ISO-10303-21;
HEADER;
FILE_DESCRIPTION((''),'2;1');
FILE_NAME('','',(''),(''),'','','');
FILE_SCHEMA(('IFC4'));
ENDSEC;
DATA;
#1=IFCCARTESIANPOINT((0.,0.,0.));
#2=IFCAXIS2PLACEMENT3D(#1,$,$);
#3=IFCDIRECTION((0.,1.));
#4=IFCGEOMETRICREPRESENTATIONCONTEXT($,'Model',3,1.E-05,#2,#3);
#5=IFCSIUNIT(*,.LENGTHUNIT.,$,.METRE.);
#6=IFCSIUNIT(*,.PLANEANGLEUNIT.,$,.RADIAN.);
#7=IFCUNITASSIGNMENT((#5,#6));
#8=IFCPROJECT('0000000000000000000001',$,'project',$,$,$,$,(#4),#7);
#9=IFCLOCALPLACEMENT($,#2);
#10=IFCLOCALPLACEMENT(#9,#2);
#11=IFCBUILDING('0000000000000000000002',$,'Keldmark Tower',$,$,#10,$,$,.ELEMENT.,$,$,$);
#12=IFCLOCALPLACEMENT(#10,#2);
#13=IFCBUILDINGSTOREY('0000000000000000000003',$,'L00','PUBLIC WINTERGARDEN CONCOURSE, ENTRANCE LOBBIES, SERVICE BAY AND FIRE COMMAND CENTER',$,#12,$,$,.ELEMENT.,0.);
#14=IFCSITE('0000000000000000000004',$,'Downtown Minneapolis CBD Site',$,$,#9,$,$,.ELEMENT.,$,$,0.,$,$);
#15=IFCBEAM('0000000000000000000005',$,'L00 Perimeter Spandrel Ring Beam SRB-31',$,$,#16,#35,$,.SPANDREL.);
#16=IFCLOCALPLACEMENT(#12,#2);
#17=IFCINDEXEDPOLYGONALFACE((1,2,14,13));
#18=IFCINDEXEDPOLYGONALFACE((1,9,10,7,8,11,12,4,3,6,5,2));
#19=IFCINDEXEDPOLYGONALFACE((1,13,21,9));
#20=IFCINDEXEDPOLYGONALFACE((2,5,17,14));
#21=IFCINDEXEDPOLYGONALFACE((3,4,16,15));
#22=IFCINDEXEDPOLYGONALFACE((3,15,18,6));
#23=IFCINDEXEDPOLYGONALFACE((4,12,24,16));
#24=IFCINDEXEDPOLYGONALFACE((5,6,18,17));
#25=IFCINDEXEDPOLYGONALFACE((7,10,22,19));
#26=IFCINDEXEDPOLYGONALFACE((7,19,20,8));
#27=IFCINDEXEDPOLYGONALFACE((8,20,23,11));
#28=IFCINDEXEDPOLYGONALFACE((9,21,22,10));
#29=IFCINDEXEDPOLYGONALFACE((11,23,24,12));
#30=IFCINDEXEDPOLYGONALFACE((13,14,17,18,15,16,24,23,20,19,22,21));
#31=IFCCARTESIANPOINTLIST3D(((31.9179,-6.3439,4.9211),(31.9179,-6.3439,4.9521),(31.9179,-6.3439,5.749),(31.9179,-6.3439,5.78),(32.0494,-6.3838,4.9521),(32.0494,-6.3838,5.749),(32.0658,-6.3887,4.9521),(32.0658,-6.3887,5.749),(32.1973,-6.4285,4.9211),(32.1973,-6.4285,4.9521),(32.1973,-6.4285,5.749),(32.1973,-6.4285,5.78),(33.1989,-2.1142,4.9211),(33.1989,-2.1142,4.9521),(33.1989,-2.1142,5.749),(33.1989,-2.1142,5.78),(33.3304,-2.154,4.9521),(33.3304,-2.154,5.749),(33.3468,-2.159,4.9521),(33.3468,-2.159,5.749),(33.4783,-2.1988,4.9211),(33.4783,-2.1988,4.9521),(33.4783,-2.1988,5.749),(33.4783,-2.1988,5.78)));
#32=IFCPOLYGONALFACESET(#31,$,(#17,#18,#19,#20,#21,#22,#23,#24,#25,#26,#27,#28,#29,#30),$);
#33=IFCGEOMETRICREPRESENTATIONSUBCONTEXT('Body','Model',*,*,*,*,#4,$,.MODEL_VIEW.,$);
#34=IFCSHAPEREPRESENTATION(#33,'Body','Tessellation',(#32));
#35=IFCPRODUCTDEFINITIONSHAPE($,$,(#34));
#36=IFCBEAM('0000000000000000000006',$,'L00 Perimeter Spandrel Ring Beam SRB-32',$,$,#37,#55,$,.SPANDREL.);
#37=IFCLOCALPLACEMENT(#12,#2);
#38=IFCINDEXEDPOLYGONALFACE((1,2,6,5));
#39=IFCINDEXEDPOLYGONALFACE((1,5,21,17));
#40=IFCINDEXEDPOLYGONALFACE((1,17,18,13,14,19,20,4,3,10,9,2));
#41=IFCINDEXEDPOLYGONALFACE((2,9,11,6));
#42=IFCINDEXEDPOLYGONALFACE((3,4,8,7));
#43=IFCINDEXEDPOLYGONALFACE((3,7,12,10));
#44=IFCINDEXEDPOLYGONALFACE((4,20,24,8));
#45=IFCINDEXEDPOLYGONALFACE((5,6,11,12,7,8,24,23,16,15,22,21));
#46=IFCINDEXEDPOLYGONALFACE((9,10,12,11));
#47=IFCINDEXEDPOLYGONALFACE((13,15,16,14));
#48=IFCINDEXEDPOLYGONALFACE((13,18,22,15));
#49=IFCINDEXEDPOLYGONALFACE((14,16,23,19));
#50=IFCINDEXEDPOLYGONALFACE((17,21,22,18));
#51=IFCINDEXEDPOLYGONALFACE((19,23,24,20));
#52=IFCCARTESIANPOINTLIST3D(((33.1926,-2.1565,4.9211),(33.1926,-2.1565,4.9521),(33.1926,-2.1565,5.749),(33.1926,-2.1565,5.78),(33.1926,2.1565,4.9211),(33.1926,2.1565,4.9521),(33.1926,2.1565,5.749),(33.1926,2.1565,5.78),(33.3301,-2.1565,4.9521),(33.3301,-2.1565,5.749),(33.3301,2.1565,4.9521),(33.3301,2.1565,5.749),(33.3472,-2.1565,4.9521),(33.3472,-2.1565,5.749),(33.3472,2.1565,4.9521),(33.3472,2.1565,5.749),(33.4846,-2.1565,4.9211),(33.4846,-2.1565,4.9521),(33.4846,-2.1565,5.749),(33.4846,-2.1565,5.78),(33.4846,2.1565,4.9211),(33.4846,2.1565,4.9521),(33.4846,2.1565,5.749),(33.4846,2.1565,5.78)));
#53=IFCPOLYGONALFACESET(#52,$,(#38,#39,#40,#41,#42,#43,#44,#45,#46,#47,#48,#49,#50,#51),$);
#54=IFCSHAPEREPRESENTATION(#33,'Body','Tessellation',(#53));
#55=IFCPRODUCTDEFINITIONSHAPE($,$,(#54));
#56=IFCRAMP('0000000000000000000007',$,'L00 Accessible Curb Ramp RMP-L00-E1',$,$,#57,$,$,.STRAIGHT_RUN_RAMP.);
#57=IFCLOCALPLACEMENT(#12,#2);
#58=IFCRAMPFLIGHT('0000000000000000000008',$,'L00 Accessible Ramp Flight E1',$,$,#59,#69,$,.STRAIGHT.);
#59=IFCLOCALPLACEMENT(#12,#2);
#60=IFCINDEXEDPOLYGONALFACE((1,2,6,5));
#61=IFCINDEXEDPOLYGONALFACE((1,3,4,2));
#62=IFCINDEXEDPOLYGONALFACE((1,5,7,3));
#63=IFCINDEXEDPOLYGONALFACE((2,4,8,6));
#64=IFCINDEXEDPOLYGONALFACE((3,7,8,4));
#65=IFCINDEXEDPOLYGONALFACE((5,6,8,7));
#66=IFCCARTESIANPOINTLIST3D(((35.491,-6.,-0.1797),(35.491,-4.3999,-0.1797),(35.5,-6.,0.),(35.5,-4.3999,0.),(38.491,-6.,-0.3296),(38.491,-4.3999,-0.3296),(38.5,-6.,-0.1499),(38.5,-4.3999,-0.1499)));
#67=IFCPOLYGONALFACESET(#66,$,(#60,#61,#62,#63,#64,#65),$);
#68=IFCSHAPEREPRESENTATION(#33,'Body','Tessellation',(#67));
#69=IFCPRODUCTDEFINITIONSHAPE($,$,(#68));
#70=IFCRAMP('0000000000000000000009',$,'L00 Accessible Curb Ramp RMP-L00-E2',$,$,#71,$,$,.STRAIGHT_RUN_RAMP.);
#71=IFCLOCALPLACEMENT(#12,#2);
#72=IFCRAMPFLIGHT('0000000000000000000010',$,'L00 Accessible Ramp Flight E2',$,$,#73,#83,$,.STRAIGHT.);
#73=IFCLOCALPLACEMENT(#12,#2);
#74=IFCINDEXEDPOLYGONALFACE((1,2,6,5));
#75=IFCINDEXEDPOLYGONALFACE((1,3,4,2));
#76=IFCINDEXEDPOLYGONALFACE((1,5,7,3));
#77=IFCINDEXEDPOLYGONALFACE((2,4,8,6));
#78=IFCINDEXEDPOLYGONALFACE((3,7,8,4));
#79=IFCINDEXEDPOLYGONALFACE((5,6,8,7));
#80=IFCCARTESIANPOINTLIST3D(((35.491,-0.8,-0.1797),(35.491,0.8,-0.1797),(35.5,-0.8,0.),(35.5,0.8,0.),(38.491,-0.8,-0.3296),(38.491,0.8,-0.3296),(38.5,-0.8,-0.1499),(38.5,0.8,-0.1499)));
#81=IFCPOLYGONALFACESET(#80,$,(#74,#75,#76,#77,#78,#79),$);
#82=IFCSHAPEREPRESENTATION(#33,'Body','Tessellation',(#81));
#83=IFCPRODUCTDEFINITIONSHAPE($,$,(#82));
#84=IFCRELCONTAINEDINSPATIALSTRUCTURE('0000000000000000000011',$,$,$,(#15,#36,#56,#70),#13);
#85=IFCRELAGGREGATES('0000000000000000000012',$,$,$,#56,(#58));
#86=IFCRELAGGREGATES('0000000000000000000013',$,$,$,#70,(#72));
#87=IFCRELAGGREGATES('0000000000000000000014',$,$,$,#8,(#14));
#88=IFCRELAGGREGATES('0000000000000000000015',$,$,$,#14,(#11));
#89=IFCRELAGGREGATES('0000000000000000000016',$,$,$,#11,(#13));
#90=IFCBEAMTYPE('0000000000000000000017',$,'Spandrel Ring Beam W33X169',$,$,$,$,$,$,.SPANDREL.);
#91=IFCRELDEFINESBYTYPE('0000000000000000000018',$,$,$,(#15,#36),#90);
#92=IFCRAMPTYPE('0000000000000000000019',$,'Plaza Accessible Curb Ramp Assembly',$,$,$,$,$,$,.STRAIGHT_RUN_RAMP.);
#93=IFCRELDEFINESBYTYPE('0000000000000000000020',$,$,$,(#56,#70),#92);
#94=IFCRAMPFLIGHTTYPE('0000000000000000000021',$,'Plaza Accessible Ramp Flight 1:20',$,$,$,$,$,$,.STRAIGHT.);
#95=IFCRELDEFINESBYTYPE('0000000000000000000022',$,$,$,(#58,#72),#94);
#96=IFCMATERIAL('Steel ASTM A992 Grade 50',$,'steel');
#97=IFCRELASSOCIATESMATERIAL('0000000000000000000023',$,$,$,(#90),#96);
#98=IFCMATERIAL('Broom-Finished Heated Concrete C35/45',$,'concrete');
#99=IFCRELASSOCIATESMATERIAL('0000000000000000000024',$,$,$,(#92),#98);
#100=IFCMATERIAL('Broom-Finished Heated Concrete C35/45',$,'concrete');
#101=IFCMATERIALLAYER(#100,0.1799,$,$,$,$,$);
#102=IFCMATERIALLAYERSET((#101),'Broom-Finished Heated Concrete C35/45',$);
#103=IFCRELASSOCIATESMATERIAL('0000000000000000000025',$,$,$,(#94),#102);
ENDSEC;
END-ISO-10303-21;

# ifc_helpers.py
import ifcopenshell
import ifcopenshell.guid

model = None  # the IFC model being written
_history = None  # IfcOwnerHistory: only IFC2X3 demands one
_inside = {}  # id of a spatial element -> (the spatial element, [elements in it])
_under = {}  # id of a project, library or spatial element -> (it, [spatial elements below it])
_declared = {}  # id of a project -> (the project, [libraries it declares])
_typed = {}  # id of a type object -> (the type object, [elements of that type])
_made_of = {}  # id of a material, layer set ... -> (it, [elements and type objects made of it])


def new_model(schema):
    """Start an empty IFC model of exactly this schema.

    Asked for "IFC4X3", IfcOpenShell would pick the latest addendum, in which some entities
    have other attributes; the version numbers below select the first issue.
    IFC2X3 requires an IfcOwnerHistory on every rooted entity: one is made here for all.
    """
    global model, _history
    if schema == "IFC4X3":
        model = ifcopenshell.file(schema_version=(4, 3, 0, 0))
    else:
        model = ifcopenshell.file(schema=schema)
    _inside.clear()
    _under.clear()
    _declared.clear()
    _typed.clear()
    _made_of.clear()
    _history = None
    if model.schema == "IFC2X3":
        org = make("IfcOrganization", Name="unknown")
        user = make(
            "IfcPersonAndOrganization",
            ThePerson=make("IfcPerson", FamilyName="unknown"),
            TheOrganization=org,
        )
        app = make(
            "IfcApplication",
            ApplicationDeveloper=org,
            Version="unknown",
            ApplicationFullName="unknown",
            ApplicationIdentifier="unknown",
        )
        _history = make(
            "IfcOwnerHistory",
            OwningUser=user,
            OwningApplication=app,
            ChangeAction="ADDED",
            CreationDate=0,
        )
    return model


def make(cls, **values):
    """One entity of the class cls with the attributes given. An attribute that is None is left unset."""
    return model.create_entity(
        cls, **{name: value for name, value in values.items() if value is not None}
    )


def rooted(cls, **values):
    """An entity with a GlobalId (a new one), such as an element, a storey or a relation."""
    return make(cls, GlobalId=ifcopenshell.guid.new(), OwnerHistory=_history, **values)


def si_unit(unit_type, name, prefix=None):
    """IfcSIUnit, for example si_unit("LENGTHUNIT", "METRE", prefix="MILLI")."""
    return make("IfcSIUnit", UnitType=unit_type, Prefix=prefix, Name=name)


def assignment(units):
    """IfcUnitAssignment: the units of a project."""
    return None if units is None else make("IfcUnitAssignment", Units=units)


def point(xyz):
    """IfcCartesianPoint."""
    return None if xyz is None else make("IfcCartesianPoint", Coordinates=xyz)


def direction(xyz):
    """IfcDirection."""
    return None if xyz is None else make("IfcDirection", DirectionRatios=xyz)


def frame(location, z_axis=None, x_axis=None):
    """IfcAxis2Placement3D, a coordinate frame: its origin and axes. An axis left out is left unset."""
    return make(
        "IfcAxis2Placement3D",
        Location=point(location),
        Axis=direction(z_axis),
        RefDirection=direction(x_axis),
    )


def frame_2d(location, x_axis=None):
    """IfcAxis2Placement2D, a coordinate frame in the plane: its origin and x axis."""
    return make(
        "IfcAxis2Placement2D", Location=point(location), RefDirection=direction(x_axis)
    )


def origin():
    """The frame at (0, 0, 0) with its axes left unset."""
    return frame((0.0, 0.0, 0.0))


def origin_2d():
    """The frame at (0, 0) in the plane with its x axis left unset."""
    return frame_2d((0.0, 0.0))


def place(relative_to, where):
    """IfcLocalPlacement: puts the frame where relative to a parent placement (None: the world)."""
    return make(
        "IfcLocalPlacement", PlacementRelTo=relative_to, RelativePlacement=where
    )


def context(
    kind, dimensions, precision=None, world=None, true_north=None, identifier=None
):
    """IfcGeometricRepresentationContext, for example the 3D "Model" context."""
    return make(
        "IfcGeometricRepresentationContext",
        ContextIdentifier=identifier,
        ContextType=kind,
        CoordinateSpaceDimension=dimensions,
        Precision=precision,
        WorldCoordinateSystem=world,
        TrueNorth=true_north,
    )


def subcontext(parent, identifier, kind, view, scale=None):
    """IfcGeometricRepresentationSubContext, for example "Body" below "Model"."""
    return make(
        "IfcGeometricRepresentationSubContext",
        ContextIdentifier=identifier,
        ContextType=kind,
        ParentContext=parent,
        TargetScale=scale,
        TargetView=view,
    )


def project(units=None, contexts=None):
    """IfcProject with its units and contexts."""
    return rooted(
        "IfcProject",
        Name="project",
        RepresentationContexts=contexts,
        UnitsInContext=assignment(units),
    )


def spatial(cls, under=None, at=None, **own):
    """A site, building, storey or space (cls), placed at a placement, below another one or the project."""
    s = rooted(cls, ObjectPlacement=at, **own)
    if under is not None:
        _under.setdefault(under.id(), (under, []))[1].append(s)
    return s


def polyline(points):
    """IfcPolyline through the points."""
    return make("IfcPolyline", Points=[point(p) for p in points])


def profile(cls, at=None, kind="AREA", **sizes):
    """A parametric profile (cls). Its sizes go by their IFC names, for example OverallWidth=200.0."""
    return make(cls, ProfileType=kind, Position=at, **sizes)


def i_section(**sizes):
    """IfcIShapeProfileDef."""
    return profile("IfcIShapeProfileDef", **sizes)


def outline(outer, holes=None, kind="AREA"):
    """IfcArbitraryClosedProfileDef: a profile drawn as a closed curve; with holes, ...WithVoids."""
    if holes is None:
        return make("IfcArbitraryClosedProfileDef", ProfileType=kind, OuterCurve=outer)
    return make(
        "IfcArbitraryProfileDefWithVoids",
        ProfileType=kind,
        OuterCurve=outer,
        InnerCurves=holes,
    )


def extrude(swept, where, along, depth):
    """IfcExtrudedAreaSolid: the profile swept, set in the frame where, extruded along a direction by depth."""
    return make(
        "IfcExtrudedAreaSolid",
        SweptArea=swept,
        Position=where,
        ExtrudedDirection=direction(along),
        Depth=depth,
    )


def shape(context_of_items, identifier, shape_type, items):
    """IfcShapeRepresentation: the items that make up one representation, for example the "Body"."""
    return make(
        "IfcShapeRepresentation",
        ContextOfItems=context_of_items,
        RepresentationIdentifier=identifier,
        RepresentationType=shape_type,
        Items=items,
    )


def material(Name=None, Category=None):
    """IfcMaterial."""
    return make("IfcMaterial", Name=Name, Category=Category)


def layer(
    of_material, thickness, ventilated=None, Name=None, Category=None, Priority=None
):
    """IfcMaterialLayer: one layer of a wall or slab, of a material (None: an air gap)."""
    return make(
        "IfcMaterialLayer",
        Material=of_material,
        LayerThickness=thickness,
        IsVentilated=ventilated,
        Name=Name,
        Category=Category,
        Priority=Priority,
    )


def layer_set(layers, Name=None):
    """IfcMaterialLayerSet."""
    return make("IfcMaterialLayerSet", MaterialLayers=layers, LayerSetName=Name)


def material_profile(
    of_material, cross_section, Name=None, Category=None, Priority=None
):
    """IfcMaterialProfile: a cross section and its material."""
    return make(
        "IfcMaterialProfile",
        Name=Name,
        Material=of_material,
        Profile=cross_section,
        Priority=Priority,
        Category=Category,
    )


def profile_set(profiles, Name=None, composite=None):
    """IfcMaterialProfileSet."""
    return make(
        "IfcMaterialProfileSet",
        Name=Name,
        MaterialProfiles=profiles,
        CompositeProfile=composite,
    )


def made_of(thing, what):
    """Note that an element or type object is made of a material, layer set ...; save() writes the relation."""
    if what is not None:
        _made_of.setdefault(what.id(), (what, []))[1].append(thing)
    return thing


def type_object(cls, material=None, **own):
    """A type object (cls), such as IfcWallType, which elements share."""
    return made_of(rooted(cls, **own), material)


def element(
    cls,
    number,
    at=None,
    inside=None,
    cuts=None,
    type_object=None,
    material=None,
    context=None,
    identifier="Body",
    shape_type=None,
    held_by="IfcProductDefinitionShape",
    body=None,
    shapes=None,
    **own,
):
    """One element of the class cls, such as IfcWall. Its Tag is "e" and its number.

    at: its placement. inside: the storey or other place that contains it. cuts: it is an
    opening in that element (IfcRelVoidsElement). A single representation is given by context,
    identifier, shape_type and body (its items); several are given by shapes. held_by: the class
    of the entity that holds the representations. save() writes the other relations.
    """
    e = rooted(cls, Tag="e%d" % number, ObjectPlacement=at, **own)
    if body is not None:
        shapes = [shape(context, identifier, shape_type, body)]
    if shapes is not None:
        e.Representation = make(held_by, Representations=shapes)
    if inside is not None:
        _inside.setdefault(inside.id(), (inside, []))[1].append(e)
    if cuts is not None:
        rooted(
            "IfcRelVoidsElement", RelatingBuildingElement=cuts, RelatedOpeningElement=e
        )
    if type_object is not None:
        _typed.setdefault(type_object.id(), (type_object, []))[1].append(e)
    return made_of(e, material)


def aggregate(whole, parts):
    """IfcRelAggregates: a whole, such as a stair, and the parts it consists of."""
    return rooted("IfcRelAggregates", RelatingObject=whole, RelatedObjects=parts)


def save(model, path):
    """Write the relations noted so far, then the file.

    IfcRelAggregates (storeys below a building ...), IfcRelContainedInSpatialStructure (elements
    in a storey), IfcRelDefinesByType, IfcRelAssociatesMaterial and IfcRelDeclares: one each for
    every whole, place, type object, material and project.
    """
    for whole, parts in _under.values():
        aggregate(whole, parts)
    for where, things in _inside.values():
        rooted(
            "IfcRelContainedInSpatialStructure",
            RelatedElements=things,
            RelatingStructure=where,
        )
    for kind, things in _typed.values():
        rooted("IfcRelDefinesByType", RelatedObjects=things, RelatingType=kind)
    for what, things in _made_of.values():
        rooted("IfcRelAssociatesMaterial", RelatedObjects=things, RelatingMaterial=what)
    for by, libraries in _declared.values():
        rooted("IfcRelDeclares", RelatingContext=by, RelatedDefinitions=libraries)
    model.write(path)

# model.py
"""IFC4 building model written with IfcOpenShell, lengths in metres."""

from ifc_helpers import new_model, si_unit, direction, frame, origin, origin_2d, place, context, subcontext, project, spatial, polyline, i_section, outline, extrude, material, layer, layer_set, material_profile, profile_set, type_object, element, aggregate, save


model = new_model("IFC4")

# Units and contexts
model_context = context("Model", 3, precision=1e-05, world=origin(), true_north=direction((0.0, 1.0)))
body_context = subcontext(model_context, "Body", "Model", "MODEL_VIEW")
ifc_project = project(units=[si_unit("LENGTHUNIT", "METRE"), si_unit("PLANEANGLEUNIT", "RADIAN")], contexts=[model_context])

# Site, building, storey
site_placement = place(None, origin())
site = spatial("IfcSite", under=ifc_project, at=site_placement, Name="Downtown Minneapolis CBD Site", CompositionType="ELEMENT", RefElevation=0.0)
building_placement = place(site_placement, origin())
building = spatial("IfcBuilding", under=site, at=building_placement, Name="Keldmark Tower", CompositionType="ELEMENT")
storey_placement = place(building_placement, origin())
storey = spatial("IfcBuildingStorey", under=building, at=storey_placement, Name="L00", Description="PUBLIC WINTERGARDEN CONCOURSE, ENTRANCE LOBBIES, SERVICE BAY AND FIRE COMMAND CENTER", CompositionType="ELEMENT", Elevation=0.0)

# Beams
ifc_material_1 = material(Name="Steel ASTM A992 Grade 50", Category="steel")
ifc_material_profile_1 = material_profile(ifc_material_1, i_section(OverallWidth=0.292, OverallDepth=0.8589, WebThickness=0.0171, FlangeThickness=0.031, at=origin_2d()), Name="W33X169")
ifc_profile_set_1 = profile_set([ifc_material_profile_1], Name="Steel ASTM A992 Grade 50")
beam_type_1 = type_object("IfcBeamType", Name="Spandrel Ring Beam W33X169", PredefinedType="SPANDREL", material=ifc_profile_set_1)
beam_1_placement = place(storey_placement, frame((32.0576, -6.3862, 5.3506), z_axis=(0.289856, 0.95707, 0.0), x_axis=(-0.95707, 0.289856, 0.0)))
element("IfcBeam", 1, at=beam_1_placement, inside=storey, type_object=beam_type_1, Name="L00 Perimeter Spandrel Ring Beam SRB-31", PredefinedType="SPANDREL", context=body_context, shape_type="SweptSolid", body=[
    extrude(i_section(OverallWidth=0.292, OverallDepth=0.8589, WebThickness=0.0171, FlangeThickness=0.031, at=origin_2d()), origin(), (0.0, 0.0, 1.0), 4.4194),
])
beam_2_placement = place(storey_placement, frame((33.3386, -2.1565, 5.3506), z_axis=(0.0, 1.0, 0.0), x_axis=(-1.0, 0.0, 0.0)))
element("IfcBeam", 2, at=beam_2_placement, inside=storey, type_object=beam_type_1, Name="L00 Perimeter Spandrel Ring Beam SRB-32", PredefinedType="SPANDREL", context=body_context, shape_type="SweptSolid", body=[
    extrude(i_section(OverallWidth=0.292, OverallDepth=0.8589, WebThickness=0.0171, FlangeThickness=0.031, at=origin_2d()), origin(), (0.0, 0.0, 1.0), 4.313),
])

# Ramps, ramp flights
ifc_material_2 = material(Name="Broom-Finished Heated Concrete C35/45", Category="concrete")
ramp_type = type_object("IfcRampType", Name="Plaza Accessible Curb Ramp Assembly", PredefinedType="STRAIGHT_RUN_RAMP", material=ifc_material_2)
ramp_1_placement = place(storey_placement, origin())
ramp_1 = element("IfcRamp", 3, at=ramp_1_placement, inside=storey, type_object=ramp_type, Name="L00 Accessible Curb Ramp RMP-L00-E1", PredefinedType="STRAIGHT_RUN_RAMP")
ifc_material_3 = material(Name="Broom-Finished Heated Concrete C35/45", Category="concrete")
ifc_layer = layer(ifc_material_3, 0.1799)
ifc_layer_set = layer_set([ifc_layer], Name="Broom-Finished Heated Concrete C35/45")
ramp_flight_type = type_object("IfcRampFlightType", Name="Plaza Accessible Ramp Flight 1:20", PredefinedType="STRAIGHT", material=ifc_layer_set)
ramp_flight_1_placement = place(storey_placement, frame((38.5, -4.3999, -0.1499), z_axis=(0.049905, 0.0, 0.998754), x_axis=(-0.998754, 0.0, 0.049905)))
ramp_flight_1 = element("IfcRampFlight", 4, at=ramp_flight_1_placement, type_object=ramp_flight_type, Name="L00 Accessible Ramp Flight E1", PredefinedType="STRAIGHT", context=body_context, shape_type="SweptSolid", body=[
    extrude(outline(polyline([(0.0, 0.0), (3.0037, 0.0), (3.0037, 1.6001), (0.0, 1.6001), (0.0, 0.0)])), origin(), (0.0, 0.0, -1.0), 0.1799),
])
aggregate(ramp_1, [ramp_flight_1])
ramp_2_placement = place(storey_placement, origin())
ramp_2 = element("IfcRamp", 5, at=ramp_2_placement, inside=storey, type_object=ramp_type, Name="L00 Accessible Curb Ramp RMP-L00-E2", PredefinedType="STRAIGHT_RUN_RAMP")
ramp_flight_2_placement = place(storey_placement, frame((38.5, 0.8, -0.1499), z_axis=(0.049905, 0.0, 0.998754), x_axis=(-0.998754, 0.0, 0.049905)))
ramp_flight_2 = element("IfcRampFlight", 6, at=ramp_flight_2_placement, type_object=ramp_flight_type, Name="L00 Accessible Ramp Flight E2", PredefinedType="STRAIGHT", context=body_context, shape_type="SweptSolid", body=[
    extrude(outline(polyline([(0.0, 0.0), (3.0037, 0.0), (3.0037, 1.6001), (0.0, 1.6001), (0.0, 0.0)])), origin(), (0.0, 0.0, -1.0), 0.1799),
])
aggregate(ramp_2, [ramp_flight_2])

save(model, "model.ifc")
